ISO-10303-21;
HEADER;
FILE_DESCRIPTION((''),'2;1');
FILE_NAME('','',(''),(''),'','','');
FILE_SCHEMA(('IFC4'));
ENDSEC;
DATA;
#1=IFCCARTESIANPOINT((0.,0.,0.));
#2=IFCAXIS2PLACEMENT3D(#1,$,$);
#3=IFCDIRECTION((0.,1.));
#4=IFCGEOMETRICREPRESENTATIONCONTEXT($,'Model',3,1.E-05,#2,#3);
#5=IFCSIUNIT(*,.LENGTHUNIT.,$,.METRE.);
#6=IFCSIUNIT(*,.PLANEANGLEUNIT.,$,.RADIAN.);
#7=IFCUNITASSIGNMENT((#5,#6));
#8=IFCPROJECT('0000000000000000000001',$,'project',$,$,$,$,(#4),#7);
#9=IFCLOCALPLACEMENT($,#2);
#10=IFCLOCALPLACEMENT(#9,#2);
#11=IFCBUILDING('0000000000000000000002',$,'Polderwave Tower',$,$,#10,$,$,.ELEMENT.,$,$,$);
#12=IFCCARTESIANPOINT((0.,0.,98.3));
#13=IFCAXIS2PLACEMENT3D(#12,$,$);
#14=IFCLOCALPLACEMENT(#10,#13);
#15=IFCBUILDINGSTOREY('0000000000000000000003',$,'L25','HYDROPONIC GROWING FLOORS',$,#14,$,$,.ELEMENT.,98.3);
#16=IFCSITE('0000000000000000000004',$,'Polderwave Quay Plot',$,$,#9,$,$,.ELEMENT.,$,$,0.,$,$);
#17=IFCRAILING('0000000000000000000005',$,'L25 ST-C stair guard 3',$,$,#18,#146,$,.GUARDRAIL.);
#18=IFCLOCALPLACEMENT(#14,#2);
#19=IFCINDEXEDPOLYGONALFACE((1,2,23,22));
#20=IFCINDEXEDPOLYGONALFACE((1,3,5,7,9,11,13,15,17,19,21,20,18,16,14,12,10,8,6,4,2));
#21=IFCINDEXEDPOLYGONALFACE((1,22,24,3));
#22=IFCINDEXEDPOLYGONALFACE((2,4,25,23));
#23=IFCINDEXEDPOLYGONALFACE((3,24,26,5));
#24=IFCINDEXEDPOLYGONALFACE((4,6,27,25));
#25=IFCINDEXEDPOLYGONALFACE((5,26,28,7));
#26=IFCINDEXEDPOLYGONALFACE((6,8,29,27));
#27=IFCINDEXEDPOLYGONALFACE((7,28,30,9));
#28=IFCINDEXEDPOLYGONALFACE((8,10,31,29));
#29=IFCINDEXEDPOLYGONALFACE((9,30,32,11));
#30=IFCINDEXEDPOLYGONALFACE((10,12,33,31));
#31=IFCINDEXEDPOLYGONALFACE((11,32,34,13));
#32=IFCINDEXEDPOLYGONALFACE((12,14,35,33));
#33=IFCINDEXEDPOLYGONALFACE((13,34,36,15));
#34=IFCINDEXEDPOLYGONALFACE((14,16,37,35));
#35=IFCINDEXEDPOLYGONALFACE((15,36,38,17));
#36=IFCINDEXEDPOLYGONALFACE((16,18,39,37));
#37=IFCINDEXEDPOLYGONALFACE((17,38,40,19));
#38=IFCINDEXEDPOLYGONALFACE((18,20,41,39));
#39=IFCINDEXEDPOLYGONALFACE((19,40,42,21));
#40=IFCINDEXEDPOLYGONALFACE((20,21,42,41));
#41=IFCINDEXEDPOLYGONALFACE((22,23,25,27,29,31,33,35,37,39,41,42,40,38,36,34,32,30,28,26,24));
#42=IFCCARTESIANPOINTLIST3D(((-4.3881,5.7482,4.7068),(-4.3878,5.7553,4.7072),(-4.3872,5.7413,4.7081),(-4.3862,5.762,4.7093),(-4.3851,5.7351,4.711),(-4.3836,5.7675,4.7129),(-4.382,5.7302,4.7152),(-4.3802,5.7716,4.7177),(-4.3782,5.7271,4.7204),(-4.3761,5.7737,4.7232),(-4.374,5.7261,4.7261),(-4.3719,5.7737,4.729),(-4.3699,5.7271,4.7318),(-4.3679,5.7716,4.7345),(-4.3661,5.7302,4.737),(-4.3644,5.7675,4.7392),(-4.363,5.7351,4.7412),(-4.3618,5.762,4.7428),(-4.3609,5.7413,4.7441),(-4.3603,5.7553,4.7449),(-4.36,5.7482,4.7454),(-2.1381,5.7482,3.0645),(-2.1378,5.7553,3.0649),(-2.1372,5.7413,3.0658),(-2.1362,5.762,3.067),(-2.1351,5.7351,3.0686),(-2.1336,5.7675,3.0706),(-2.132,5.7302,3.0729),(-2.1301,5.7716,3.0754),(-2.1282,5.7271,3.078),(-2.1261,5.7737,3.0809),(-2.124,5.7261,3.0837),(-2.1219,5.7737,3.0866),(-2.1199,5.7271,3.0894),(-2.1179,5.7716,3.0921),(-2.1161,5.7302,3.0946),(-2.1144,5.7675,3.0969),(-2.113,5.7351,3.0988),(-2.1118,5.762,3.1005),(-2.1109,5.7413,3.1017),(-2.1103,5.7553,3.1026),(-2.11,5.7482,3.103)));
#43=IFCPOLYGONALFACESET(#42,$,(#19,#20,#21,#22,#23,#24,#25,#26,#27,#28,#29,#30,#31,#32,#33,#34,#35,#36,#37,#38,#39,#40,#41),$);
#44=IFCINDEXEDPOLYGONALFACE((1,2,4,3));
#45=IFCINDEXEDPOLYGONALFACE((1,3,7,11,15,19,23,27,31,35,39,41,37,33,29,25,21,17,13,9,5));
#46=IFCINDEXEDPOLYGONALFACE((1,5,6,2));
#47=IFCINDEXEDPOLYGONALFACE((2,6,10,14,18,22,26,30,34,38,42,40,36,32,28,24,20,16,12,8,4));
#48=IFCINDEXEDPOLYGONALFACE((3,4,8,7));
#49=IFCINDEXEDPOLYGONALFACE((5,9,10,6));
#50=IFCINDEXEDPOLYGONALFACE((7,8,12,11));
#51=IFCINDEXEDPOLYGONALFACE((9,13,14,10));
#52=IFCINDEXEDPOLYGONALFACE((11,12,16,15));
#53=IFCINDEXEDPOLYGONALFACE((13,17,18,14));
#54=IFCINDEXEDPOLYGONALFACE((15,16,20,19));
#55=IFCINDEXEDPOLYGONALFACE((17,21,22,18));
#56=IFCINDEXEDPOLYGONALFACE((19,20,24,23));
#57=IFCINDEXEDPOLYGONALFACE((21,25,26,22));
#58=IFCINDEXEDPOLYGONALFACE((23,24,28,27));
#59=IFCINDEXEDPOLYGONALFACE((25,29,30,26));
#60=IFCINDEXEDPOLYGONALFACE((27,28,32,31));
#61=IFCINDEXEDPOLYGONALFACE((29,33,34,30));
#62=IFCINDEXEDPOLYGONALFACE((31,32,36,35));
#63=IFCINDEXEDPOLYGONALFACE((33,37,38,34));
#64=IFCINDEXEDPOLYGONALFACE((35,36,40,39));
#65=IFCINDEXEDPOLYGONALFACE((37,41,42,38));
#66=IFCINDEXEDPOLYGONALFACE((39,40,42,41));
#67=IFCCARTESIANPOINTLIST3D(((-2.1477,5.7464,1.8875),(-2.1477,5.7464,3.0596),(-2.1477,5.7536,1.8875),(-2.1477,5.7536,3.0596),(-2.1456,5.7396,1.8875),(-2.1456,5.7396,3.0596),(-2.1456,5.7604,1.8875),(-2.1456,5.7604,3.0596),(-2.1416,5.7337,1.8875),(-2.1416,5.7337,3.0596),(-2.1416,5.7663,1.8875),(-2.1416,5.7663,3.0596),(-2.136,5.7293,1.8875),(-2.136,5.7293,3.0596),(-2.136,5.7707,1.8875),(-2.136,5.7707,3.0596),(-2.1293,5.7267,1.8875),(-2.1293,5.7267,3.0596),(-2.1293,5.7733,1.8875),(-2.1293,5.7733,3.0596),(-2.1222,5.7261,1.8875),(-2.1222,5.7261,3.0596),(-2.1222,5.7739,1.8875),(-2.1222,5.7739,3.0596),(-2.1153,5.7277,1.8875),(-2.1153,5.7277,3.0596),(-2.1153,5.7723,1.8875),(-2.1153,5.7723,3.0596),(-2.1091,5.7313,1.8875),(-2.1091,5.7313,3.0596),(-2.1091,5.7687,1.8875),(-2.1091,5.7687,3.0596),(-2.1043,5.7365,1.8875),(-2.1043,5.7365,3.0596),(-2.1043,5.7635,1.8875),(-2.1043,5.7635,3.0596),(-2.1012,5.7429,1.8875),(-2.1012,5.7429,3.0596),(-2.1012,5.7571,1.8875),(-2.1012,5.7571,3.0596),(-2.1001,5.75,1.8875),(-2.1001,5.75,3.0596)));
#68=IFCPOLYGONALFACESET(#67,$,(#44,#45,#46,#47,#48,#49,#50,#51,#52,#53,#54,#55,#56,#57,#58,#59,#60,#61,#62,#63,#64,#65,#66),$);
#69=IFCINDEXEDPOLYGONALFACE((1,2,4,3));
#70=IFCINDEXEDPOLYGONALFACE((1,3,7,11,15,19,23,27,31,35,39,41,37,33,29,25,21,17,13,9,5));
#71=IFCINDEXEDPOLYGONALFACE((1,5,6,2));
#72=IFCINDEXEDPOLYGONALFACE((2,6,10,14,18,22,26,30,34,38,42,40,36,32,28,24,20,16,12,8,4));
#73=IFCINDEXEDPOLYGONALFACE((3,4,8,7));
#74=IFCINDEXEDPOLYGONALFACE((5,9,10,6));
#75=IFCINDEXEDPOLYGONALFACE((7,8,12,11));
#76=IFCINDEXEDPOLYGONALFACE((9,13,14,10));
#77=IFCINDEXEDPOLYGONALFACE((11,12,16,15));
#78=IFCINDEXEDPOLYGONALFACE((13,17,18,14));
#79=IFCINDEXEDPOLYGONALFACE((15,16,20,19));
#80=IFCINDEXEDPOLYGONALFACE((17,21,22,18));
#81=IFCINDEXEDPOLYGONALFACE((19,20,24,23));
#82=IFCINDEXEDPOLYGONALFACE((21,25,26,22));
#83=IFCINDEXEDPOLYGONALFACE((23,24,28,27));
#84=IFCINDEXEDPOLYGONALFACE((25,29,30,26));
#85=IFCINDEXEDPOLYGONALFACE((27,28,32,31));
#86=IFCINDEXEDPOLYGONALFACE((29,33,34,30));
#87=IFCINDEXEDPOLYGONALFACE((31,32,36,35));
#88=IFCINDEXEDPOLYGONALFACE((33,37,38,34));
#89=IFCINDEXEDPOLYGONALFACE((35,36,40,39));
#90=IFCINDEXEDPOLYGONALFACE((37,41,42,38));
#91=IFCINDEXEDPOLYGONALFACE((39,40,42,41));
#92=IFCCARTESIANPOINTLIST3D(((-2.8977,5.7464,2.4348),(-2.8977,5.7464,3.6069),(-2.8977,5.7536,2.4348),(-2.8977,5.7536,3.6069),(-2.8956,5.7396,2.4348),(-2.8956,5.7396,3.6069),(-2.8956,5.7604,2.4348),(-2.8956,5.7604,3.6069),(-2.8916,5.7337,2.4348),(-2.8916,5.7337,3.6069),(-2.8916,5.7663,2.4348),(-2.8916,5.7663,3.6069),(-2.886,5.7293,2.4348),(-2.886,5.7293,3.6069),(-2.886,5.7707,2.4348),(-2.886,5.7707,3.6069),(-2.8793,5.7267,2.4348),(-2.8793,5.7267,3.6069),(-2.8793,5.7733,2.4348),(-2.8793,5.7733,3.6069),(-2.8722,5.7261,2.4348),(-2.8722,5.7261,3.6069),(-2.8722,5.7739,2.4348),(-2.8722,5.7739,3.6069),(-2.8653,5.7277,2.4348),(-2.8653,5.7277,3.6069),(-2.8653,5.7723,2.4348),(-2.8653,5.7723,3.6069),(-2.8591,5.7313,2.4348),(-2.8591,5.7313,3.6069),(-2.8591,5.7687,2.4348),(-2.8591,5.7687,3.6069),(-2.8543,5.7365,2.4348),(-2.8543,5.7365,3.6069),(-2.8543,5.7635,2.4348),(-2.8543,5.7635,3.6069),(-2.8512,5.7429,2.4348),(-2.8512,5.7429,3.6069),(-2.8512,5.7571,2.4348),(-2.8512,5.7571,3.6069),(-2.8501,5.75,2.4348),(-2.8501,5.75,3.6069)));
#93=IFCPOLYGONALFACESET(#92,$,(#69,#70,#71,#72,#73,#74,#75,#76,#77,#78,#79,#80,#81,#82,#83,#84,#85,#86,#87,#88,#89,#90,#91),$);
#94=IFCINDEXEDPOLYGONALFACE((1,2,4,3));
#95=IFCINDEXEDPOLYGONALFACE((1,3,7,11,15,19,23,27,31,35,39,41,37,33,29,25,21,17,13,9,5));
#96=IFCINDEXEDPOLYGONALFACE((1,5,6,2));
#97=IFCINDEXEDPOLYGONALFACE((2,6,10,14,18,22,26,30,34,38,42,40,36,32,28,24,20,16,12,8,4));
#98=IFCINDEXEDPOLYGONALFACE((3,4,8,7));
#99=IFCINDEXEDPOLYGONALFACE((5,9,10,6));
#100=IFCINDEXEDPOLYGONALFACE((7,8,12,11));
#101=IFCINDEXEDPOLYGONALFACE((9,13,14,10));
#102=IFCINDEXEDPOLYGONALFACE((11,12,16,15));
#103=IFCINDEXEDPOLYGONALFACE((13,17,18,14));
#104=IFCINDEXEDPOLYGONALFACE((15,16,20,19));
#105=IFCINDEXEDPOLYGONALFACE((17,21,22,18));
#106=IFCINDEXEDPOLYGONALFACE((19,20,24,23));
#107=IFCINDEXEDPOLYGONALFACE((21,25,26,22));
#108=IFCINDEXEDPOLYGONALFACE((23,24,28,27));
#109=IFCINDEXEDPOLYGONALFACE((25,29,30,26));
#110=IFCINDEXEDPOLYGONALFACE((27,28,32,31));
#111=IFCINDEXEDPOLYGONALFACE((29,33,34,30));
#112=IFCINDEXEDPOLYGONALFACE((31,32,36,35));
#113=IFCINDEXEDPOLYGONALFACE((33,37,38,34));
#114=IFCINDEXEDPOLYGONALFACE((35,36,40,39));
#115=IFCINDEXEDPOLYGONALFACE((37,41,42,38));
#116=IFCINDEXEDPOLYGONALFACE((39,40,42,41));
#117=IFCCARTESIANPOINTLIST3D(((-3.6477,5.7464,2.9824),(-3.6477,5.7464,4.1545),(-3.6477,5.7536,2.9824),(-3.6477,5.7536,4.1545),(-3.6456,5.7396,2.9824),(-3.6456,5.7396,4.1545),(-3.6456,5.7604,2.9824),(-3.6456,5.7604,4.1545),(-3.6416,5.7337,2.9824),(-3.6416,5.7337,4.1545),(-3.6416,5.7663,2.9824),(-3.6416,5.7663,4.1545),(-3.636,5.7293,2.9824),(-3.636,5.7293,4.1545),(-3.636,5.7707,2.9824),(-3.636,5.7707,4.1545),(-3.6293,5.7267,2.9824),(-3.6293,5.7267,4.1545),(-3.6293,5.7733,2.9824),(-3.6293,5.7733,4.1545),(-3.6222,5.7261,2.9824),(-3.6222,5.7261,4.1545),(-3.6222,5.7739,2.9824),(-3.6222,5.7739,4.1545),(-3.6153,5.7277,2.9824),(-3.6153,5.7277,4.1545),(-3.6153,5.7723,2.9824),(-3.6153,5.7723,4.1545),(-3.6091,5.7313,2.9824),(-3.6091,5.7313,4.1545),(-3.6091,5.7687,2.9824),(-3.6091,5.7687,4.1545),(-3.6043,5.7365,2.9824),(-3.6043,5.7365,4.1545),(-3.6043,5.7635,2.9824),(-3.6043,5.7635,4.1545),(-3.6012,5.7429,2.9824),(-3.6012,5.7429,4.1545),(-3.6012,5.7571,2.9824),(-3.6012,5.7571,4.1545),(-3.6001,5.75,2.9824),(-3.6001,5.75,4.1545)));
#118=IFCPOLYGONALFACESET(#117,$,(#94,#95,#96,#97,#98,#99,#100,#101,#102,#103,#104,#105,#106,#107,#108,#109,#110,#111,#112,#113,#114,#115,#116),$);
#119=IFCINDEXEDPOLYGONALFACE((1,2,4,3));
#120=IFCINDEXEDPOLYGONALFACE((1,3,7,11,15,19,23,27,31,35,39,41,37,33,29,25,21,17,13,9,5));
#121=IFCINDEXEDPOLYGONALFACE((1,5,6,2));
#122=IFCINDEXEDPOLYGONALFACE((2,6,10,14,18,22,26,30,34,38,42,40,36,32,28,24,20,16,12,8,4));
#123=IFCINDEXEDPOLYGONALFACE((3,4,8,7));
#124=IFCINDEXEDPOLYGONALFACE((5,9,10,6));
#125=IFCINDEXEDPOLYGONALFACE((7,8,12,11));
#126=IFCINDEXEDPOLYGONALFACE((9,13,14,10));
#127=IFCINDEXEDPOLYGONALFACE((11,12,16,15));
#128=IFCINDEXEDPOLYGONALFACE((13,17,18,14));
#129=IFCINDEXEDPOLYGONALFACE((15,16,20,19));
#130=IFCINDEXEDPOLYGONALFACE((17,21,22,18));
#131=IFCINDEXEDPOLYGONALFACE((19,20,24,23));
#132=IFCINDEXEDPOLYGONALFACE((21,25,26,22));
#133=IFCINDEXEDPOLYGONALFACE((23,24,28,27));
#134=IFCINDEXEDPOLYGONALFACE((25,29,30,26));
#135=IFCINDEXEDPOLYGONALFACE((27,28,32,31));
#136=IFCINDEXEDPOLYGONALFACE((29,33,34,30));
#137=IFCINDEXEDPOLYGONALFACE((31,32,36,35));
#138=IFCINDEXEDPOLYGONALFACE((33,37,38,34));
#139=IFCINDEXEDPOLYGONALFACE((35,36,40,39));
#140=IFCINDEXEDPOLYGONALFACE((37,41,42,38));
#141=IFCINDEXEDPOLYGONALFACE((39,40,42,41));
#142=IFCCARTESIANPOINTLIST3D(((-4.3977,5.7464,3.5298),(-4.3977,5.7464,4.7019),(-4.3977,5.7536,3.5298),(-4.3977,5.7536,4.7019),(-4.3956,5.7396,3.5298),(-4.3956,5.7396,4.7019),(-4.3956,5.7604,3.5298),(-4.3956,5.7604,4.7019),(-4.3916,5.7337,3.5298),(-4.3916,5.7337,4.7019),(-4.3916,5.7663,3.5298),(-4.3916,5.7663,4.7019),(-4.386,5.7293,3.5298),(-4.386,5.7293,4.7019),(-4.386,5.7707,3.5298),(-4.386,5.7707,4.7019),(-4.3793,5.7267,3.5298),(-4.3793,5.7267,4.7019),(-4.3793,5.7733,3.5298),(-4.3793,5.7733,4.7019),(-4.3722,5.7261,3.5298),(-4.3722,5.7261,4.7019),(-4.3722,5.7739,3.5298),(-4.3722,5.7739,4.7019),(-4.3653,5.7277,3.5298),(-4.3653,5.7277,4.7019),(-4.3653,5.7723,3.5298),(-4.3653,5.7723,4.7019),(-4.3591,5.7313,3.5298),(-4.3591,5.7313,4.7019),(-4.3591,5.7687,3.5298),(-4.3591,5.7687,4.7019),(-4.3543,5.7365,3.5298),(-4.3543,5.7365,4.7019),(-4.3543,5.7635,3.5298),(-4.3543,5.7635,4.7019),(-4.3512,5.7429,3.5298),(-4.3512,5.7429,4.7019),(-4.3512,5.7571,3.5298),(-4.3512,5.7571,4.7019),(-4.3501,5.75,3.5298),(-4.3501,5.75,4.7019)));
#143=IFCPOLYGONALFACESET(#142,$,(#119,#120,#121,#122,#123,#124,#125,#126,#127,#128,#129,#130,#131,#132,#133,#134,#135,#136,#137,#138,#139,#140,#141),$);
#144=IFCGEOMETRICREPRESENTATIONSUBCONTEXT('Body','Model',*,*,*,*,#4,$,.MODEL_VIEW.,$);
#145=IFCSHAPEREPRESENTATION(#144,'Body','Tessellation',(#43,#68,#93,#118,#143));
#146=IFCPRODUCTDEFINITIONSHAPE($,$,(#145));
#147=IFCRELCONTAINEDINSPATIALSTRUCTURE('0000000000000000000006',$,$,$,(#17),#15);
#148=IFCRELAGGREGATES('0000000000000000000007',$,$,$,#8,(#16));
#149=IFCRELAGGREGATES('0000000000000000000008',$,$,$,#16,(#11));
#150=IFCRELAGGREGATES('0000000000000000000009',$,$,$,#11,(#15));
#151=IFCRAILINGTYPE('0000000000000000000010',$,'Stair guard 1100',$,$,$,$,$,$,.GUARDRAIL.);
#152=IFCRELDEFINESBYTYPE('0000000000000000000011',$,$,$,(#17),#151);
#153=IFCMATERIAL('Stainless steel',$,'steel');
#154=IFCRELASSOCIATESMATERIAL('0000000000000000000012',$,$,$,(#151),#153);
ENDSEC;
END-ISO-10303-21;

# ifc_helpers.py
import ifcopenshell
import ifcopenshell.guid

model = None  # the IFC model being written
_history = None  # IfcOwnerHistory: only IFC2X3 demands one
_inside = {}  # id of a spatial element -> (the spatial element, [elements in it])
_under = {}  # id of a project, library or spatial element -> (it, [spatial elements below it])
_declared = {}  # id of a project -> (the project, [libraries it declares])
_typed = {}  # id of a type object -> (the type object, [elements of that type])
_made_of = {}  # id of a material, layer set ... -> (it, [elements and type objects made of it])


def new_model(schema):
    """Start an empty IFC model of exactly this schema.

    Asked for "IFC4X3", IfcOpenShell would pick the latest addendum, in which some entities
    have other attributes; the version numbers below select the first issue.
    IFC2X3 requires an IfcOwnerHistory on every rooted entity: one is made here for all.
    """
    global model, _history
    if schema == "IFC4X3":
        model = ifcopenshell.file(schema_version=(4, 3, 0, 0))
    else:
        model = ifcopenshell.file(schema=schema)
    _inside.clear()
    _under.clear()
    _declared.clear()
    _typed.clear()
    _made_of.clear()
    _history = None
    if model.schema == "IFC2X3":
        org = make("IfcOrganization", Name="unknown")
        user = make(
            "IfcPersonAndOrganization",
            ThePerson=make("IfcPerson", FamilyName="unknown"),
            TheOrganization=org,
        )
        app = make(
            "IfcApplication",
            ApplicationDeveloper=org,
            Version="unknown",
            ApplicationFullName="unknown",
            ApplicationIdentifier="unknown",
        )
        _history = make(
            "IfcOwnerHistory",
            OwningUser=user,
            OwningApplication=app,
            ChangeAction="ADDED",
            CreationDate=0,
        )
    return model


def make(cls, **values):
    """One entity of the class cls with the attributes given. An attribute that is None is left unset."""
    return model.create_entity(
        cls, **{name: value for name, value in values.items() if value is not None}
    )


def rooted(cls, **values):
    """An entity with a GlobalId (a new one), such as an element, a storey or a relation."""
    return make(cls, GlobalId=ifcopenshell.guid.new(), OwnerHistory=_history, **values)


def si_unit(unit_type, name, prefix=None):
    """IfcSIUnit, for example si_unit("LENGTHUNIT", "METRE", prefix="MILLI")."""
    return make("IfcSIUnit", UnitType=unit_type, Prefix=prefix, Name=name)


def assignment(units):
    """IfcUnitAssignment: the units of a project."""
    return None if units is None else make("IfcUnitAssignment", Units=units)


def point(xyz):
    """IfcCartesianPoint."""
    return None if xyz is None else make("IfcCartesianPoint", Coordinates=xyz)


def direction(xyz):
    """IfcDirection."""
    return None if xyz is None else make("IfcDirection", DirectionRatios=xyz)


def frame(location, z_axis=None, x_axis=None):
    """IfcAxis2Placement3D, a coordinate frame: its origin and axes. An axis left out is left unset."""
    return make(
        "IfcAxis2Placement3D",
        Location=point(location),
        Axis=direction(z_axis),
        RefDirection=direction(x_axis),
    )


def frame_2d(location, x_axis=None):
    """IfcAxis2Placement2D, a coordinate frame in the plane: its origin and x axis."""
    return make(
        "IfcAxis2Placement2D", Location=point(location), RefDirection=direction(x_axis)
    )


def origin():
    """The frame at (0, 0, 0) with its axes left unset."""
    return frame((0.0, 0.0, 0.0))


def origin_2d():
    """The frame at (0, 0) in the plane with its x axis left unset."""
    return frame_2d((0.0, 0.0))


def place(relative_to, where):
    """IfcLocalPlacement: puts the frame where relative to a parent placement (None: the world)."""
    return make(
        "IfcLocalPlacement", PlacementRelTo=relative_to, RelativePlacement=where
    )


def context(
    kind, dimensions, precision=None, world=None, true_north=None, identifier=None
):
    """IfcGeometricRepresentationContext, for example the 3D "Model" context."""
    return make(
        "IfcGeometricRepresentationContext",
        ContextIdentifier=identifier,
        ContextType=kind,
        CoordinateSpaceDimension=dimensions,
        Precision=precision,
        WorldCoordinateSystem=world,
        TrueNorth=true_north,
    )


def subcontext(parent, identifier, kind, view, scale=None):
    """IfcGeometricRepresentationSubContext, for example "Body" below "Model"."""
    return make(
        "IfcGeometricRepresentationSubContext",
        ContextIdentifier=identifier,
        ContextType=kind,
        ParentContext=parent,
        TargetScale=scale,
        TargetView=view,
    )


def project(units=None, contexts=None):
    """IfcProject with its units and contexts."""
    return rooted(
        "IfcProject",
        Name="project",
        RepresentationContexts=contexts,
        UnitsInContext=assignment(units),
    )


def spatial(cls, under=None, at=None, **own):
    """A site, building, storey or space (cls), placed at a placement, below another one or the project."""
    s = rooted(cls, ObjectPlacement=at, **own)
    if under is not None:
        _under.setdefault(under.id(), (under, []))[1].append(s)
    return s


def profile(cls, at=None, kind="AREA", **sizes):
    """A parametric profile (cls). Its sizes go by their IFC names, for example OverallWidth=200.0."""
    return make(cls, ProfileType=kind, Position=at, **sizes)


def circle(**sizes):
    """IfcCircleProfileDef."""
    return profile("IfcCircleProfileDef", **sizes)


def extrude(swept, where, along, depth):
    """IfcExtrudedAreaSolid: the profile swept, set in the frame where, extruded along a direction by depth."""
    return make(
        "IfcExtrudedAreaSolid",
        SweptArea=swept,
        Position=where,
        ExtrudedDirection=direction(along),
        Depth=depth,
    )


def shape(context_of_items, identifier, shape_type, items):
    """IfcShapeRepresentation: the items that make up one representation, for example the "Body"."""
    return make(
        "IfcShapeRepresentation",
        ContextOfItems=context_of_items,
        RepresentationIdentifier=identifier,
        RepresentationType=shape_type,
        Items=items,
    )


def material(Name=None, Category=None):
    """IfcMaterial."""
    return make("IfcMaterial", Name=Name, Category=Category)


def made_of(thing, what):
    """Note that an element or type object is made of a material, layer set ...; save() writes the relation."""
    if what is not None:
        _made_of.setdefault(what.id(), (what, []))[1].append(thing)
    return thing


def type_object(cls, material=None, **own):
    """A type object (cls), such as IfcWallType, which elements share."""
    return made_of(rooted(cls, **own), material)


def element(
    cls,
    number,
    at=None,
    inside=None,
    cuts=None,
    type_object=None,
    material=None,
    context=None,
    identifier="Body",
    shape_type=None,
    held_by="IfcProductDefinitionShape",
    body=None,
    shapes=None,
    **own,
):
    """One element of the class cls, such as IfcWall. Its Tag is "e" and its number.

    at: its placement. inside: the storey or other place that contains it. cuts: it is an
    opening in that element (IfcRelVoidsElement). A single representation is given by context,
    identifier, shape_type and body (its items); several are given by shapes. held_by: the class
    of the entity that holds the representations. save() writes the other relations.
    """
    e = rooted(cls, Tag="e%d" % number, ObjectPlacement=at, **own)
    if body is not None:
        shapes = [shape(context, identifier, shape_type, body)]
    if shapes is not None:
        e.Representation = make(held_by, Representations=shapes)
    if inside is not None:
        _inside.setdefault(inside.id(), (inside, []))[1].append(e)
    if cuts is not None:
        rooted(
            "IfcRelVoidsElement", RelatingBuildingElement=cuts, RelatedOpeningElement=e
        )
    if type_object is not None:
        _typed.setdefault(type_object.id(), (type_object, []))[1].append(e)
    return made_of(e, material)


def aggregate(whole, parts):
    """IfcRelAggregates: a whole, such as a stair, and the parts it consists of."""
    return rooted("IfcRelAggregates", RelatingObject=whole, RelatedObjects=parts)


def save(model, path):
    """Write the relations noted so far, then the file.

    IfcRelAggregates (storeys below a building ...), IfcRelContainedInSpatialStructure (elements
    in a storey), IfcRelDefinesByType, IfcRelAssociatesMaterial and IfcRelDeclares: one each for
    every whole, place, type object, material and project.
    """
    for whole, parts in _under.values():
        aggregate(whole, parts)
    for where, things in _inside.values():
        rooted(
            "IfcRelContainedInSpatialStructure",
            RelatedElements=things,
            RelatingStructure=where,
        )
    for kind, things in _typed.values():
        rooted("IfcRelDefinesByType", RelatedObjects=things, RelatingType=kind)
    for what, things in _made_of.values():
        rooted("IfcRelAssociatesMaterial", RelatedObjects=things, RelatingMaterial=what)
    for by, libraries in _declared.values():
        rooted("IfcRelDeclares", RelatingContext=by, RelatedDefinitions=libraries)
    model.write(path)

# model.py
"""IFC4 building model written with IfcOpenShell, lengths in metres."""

from ifc_helpers import new_model, si_unit, direction, frame, origin, origin_2d, place, context, subcontext, project, spatial, circle, extrude, material, type_object, element, save


model = new_model("IFC4")

# Units and contexts
model_context = context("Model", 3, precision=1e-05, world=origin(), true_north=direction((0.0, 1.0)))
body_context = subcontext(model_context, "Body", "Model", "MODEL_VIEW")
ifc_project = project(units=[si_unit("LENGTHUNIT", "METRE"), si_unit("PLANEANGLEUNIT", "RADIAN")], contexts=[model_context])

# Site, building, storey
site_placement = place(None, origin())
site = spatial("IfcSite", under=ifc_project, at=site_placement, Name="Polderwave Quay Plot", CompositionType="ELEMENT", RefElevation=0.0)
building_placement = place(site_placement, origin())
building = spatial("IfcBuilding", under=site, at=building_placement, Name="Polderwave Tower", CompositionType="ELEMENT")
storey_placement = place(building_placement, frame((0.0, 0.0, 98.3)))
storey = spatial("IfcBuildingStorey", under=building, at=storey_placement, Name="L25", Description="HYDROPONIC GROWING FLOORS", CompositionType="ELEMENT", Elevation=98.3)

# Railing
ifc_material_1 = material(Name="Stainless steel", Category="steel")
railing_type_1 = type_object("IfcRailingType", Name="Stair guard 1100", PredefinedType="GUARDRAIL", material=ifc_material_1)
railing_1_placement = place(storey_placement, frame((-2.124, 5.75, 1.8875)))
element("IfcRailing", 1, at=railing_1_placement, inside=storey, type_object=railing_type_1, Name="L25 ST-C stair guard 3", PredefinedType="GUARDRAIL", context=body_context, shape_type="SweptSolid", body=[
    extrude(circle(Radius=0.0239, at=origin_2d()), frame((0.0, 0.0, 1.1963), z_axis=(-0.807715, 0.0, 0.589573), x_axis=(0.0, -1.0, 0.0)), (0.0, 0.0, 1.0), 2.7856),
    extrude(circle(Radius=0.0239, at=origin_2d()), origin(), (0.0, 0.0, 1.0), 1.1721),
    extrude(circle(Radius=0.0239, at=origin_2d()), frame((-0.75, 0.0, 0.5474)), (0.0, 0.0, 1.0), 1.1721),
    extrude(circle(Radius=0.0239, at=origin_2d()), frame((-1.5, 0.0, 1.095)), (0.0, 0.0, 1.0), 1.1721),
    extrude(circle(Radius=0.0239, at=origin_2d()), frame((-2.25, 0.0, 1.6423)), (0.0, 0.0, 1.0), 1.1721),
])

save(model, "model.ifc")
